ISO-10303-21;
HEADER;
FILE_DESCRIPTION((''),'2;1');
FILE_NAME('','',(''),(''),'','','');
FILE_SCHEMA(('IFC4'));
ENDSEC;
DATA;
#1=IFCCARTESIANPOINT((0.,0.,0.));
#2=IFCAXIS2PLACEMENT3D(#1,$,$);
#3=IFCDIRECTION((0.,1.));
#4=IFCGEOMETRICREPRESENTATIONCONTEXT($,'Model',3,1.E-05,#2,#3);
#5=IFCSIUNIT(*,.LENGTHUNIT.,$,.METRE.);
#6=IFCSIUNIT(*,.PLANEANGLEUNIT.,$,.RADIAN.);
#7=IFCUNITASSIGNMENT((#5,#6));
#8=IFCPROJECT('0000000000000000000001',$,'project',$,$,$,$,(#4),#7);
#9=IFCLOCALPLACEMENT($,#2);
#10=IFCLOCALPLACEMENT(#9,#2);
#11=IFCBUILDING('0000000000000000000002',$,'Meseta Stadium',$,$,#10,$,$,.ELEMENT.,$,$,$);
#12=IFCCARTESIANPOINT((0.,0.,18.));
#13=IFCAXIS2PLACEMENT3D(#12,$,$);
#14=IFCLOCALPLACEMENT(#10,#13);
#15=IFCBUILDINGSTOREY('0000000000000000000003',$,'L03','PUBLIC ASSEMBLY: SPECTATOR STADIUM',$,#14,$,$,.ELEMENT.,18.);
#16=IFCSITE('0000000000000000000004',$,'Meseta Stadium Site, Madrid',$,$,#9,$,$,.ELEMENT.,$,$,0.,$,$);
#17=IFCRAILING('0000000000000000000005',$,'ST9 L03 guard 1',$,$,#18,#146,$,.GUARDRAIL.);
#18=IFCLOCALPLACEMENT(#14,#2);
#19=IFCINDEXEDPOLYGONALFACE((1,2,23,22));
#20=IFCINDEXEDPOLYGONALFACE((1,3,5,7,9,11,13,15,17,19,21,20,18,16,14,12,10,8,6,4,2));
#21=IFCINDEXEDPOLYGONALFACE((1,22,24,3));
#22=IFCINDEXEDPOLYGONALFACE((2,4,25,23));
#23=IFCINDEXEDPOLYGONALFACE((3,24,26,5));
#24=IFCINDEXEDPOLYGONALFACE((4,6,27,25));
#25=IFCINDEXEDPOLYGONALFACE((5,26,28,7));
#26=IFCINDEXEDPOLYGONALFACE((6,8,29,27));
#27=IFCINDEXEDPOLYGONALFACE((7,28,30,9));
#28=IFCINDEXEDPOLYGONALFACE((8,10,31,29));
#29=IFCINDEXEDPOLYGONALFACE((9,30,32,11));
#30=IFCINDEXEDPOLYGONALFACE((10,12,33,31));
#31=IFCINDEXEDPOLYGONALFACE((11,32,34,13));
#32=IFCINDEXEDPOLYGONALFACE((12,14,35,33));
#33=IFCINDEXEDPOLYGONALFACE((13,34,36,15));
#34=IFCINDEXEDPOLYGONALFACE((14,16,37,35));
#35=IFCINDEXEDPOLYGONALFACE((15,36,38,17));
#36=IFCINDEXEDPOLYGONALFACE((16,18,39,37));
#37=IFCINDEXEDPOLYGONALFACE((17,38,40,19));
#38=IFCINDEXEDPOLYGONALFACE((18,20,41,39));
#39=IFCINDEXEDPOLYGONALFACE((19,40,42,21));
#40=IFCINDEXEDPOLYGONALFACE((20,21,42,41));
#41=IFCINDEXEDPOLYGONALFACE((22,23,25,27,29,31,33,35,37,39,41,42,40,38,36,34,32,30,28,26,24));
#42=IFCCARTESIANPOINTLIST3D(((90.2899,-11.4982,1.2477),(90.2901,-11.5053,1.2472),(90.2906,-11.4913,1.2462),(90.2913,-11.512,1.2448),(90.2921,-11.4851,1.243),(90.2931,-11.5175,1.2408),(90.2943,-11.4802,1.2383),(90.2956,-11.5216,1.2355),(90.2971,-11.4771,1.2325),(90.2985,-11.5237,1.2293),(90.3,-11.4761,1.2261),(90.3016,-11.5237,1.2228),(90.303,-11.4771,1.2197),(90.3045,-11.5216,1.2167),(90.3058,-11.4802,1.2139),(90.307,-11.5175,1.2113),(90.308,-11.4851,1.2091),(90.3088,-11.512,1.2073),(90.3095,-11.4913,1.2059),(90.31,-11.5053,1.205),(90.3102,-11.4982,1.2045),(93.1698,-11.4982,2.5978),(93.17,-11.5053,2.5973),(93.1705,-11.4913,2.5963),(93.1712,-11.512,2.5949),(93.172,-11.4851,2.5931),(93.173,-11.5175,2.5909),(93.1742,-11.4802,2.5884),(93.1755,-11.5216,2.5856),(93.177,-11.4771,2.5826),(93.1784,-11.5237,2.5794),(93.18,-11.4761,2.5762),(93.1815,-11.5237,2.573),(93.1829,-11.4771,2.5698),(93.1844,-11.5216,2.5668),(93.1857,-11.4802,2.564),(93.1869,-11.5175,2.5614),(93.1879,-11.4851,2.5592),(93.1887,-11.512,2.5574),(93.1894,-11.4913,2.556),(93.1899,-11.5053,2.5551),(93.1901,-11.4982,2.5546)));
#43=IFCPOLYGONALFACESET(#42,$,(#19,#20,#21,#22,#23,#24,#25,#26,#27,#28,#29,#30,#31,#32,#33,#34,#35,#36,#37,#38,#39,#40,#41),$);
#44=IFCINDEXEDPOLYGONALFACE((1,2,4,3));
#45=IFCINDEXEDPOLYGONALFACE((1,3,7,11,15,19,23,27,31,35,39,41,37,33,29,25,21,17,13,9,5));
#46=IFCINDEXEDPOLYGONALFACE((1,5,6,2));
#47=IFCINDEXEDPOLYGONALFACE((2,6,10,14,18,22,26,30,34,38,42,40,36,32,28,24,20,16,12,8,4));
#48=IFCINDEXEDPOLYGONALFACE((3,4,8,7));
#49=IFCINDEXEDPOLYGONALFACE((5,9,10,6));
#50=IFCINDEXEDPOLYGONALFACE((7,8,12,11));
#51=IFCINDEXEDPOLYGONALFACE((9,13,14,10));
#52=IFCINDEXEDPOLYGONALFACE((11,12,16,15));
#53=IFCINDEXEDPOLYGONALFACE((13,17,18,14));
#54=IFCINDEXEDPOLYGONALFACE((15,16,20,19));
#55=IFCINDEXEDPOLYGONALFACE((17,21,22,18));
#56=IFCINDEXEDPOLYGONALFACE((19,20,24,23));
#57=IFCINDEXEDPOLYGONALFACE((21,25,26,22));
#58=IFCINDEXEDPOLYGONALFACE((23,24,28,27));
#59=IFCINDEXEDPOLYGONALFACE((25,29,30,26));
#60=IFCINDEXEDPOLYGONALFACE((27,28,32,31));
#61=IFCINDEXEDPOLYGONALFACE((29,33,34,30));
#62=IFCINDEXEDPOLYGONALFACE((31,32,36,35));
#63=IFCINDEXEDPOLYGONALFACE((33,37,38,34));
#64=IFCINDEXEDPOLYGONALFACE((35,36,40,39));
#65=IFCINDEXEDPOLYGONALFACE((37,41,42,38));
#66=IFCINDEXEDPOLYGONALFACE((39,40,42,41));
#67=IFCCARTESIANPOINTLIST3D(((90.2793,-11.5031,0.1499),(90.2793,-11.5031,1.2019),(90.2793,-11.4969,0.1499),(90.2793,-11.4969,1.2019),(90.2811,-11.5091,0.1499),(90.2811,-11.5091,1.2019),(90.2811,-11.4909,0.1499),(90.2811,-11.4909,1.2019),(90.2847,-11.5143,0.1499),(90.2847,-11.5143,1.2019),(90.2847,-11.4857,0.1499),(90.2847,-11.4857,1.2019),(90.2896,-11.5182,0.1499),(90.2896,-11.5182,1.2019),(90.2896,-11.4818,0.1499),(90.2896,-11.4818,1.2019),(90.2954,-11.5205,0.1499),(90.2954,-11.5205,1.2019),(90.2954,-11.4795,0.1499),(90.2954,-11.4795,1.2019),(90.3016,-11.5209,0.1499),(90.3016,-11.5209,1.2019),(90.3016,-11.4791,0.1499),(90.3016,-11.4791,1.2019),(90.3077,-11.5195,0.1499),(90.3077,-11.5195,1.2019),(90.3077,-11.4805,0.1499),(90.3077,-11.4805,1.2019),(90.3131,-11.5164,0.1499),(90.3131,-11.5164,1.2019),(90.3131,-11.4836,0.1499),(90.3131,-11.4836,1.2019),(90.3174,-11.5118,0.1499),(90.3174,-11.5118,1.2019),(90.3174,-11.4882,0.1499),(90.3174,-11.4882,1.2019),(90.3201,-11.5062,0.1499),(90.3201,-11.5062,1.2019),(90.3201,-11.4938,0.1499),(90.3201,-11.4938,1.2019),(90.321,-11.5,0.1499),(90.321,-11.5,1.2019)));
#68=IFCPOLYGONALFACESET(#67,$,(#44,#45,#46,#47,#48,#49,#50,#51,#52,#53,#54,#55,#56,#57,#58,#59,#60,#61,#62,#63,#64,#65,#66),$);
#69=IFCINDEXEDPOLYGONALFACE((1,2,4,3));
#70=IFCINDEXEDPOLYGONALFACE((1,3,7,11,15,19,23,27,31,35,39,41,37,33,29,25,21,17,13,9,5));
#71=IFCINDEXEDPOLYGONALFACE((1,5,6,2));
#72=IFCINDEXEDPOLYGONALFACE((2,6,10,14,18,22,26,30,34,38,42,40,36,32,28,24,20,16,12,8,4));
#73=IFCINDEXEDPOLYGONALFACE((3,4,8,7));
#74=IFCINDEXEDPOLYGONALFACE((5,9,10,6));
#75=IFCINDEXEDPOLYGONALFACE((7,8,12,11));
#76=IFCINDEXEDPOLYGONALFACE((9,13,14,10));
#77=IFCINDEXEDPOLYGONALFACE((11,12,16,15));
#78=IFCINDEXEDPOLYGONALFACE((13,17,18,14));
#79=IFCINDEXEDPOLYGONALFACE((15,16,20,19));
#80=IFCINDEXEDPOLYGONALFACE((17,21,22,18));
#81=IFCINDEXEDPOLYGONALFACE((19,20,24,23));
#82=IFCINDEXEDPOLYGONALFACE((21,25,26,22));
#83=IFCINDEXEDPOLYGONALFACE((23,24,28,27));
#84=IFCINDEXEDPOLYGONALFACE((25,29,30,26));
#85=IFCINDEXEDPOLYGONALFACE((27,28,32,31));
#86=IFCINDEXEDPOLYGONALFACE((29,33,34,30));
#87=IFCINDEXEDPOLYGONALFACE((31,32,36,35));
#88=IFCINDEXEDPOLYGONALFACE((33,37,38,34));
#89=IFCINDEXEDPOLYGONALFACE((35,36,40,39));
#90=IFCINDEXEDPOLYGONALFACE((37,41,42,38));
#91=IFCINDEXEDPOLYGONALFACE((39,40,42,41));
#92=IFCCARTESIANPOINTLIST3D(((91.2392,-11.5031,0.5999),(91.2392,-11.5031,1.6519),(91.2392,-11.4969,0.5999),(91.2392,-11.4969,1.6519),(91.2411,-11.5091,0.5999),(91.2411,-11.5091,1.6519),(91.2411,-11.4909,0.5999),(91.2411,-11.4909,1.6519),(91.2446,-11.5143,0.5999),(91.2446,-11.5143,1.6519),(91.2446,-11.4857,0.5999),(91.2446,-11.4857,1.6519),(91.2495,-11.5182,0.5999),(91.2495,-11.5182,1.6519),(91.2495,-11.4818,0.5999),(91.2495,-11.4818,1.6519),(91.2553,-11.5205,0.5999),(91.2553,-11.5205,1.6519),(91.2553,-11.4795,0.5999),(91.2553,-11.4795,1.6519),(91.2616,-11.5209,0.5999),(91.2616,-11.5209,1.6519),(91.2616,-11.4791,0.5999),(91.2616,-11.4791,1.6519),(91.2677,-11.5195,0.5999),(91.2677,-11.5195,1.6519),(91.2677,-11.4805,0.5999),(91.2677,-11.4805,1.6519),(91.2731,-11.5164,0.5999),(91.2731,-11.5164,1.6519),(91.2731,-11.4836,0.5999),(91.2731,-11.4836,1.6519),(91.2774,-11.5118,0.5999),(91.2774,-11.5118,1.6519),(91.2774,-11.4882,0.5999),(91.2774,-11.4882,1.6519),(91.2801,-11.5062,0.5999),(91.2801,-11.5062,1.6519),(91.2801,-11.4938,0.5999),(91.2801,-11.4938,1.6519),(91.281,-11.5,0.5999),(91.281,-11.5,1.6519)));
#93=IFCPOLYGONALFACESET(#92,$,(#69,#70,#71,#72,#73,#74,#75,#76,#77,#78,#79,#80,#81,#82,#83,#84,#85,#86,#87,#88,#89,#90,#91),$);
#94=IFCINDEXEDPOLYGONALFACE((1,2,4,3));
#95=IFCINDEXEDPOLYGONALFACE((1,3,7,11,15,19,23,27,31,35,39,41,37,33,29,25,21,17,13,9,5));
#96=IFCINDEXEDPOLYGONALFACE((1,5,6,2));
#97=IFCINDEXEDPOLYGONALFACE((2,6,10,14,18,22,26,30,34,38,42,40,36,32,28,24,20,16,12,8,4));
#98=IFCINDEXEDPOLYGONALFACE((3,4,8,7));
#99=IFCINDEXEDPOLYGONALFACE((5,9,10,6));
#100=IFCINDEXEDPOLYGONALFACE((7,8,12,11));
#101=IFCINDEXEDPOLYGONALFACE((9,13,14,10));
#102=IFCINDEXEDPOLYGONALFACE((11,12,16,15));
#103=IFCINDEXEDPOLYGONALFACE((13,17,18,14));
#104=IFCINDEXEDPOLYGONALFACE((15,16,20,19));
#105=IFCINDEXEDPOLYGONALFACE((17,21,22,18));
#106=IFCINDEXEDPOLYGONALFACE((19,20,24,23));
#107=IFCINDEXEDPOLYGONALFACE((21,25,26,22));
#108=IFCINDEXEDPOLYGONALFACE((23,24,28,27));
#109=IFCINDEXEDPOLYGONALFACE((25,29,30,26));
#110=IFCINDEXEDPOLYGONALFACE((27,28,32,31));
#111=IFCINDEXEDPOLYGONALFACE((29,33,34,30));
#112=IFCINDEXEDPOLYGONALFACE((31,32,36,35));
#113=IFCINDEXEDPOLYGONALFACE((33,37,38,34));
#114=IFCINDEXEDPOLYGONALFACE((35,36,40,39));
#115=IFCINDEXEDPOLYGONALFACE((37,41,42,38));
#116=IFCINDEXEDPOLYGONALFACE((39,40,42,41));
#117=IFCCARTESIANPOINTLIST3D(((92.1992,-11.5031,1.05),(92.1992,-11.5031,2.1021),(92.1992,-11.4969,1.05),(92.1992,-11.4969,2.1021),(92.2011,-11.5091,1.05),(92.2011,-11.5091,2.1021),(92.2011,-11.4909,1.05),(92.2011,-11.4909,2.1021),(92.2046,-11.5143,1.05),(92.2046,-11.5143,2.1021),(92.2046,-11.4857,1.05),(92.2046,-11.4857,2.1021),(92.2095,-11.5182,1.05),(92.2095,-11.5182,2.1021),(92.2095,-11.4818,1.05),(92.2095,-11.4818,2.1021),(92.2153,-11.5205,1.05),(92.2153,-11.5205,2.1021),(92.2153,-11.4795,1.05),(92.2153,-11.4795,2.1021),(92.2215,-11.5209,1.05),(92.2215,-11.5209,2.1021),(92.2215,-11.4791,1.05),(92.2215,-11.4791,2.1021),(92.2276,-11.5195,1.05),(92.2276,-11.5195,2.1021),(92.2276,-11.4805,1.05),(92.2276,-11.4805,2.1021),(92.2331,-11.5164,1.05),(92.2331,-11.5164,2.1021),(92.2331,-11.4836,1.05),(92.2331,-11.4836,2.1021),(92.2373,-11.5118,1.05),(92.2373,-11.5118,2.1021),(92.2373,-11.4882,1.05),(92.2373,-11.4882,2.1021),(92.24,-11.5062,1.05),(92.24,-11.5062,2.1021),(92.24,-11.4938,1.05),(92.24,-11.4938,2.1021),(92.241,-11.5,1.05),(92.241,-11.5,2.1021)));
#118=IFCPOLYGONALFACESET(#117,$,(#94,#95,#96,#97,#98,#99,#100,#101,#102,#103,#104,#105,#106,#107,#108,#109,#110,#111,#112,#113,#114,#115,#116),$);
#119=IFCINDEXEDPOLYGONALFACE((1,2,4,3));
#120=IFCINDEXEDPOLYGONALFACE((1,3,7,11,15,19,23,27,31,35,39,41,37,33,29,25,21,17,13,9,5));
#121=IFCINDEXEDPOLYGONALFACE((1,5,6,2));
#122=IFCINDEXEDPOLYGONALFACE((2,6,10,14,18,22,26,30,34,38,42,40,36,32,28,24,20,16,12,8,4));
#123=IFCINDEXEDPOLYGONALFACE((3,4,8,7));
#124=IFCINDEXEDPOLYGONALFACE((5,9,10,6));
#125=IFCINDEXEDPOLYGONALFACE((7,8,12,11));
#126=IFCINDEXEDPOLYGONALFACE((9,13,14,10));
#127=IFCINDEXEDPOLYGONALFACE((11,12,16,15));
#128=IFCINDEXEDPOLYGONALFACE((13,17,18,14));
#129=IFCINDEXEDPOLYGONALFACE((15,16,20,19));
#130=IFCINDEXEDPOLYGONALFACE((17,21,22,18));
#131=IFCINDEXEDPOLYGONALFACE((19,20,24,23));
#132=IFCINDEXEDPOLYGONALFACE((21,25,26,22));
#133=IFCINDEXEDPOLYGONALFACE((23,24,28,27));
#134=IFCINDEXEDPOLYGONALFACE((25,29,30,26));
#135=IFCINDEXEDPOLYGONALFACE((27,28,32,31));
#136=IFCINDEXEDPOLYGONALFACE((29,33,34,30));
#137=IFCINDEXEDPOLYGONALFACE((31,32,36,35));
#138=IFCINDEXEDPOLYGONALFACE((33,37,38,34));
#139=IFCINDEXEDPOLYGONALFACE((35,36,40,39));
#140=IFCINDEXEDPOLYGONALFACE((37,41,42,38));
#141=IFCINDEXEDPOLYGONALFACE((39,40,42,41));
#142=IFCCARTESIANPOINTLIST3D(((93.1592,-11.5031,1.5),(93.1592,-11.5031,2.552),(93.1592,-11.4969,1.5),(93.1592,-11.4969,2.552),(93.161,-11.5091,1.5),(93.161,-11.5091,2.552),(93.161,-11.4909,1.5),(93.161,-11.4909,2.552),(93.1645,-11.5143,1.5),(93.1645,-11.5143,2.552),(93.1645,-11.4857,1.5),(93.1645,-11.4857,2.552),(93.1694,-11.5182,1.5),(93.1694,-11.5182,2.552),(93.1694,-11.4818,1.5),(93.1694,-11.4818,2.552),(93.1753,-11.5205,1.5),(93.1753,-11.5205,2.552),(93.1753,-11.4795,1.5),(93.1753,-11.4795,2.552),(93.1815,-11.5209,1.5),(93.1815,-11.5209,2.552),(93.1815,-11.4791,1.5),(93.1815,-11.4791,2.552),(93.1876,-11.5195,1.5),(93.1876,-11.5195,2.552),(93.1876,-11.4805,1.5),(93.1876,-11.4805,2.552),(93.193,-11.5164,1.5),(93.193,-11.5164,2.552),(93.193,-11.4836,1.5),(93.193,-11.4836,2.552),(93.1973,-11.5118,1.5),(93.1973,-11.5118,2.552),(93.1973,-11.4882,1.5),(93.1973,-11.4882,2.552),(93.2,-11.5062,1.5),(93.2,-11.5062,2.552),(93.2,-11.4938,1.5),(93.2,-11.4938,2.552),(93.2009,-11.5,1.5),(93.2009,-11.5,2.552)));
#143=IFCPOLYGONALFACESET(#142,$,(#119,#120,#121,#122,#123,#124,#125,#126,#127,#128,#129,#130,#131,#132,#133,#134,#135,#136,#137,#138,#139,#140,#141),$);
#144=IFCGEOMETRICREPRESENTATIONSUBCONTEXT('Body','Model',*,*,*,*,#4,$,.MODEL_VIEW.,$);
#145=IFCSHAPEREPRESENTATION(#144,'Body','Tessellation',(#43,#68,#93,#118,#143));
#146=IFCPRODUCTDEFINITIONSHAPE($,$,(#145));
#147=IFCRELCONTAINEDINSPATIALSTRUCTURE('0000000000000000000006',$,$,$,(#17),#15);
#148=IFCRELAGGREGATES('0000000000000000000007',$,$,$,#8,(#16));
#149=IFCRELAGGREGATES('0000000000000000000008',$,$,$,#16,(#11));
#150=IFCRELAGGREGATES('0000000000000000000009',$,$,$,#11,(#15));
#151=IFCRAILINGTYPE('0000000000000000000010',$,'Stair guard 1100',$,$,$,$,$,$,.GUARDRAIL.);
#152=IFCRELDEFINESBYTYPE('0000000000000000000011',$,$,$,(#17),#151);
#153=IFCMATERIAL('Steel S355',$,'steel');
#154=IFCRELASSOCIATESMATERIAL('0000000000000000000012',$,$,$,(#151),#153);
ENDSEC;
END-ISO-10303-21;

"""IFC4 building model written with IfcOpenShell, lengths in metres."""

from ifc_helpers import new_model, si_unit, direction, frame, origin, origin_2d, place, context, subcontext, project, spatial, circle, extrude, material, type_object, element, save


model = new_model("IFC4")

# Units and contexts
model_context = context("Model", 3, precision=1e-05, world=origin(), true_north=direction((0.0, 1.0)))
body_context = subcontext(model_context, "Body", "Model", "MODEL_VIEW")
ifc_project = project(units=[si_unit("LENGTHUNIT", "METRE"), si_unit("PLANEANGLEUNIT", "RADIAN")], contexts=[model_context])

# Site, building, storey
site_placement = place(None, origin())
site = spatial("IfcSite", under=ifc_project, at=site_placement, Name="Meseta Stadium Site, Madrid", CompositionType="ELEMENT", RefElevation=0.0)
building_placement = place(site_placement, origin())
building = spatial("IfcBuilding", under=site, at=building_placement, Name="Meseta Stadium", CompositionType="ELEMENT")
storey_placement = place(building_placement, frame((0.0, 0.0, 18.0)))
storey = spatial("IfcBuildingStorey", under=building, at=storey_placement, Name="L03", Description="PUBLIC ASSEMBLY: SPECTATOR STADIUM", CompositionType="ELEMENT", Elevation=18.0)

# Railing
ifc_material_1 = material(Name="Steel S355", Category="steel")
railing_type_1 = type_object("IfcRailingType", Name="Stair guard 1100", PredefinedType="GUARDRAIL", material=ifc_material_1)
railing_1_placement = place(storey_placement, frame((90.3, -11.5, 0.1499)))
element("IfcRailing", 1, at=railing_1_placement, inside=storey, type_object=railing_type_1, Name="ST9 L03 guard 1", PredefinedType="GUARDRAIL", context=body_context, shape_type="SweptSolid", body=[
    extrude(circle(Radius=0.0239, at=origin_2d()), frame((0.0, 0.0, 1.0762), z_axis=(0.90544, 0.0, 0.424473), x_axis=(0.0, 1.0, 0.0)), (0.0, 0.0, 1.0), 3.1807),
    extrude(circle(Radius=0.021, at=origin_2d()), origin(), (0.0, 0.0, 1.0), 1.052),
    extrude(circle(Radius=0.021, at=origin_2d()), frame((0.96, 0.0, 0.45)), (0.0, 0.0, 1.0), 1.052),
    extrude(circle(Radius=0.021, at=origin_2d()), frame((1.9199, 0.0, 0.9001)), (0.0, 0.0, 1.0), 1.052),
    extrude(circle(Radius=0.021, at=origin_2d()), frame((2.8799, 0.0, 1.3501)), (0.0, 0.0, 1.0), 1.052),
])

save(model, "model.ifc")
